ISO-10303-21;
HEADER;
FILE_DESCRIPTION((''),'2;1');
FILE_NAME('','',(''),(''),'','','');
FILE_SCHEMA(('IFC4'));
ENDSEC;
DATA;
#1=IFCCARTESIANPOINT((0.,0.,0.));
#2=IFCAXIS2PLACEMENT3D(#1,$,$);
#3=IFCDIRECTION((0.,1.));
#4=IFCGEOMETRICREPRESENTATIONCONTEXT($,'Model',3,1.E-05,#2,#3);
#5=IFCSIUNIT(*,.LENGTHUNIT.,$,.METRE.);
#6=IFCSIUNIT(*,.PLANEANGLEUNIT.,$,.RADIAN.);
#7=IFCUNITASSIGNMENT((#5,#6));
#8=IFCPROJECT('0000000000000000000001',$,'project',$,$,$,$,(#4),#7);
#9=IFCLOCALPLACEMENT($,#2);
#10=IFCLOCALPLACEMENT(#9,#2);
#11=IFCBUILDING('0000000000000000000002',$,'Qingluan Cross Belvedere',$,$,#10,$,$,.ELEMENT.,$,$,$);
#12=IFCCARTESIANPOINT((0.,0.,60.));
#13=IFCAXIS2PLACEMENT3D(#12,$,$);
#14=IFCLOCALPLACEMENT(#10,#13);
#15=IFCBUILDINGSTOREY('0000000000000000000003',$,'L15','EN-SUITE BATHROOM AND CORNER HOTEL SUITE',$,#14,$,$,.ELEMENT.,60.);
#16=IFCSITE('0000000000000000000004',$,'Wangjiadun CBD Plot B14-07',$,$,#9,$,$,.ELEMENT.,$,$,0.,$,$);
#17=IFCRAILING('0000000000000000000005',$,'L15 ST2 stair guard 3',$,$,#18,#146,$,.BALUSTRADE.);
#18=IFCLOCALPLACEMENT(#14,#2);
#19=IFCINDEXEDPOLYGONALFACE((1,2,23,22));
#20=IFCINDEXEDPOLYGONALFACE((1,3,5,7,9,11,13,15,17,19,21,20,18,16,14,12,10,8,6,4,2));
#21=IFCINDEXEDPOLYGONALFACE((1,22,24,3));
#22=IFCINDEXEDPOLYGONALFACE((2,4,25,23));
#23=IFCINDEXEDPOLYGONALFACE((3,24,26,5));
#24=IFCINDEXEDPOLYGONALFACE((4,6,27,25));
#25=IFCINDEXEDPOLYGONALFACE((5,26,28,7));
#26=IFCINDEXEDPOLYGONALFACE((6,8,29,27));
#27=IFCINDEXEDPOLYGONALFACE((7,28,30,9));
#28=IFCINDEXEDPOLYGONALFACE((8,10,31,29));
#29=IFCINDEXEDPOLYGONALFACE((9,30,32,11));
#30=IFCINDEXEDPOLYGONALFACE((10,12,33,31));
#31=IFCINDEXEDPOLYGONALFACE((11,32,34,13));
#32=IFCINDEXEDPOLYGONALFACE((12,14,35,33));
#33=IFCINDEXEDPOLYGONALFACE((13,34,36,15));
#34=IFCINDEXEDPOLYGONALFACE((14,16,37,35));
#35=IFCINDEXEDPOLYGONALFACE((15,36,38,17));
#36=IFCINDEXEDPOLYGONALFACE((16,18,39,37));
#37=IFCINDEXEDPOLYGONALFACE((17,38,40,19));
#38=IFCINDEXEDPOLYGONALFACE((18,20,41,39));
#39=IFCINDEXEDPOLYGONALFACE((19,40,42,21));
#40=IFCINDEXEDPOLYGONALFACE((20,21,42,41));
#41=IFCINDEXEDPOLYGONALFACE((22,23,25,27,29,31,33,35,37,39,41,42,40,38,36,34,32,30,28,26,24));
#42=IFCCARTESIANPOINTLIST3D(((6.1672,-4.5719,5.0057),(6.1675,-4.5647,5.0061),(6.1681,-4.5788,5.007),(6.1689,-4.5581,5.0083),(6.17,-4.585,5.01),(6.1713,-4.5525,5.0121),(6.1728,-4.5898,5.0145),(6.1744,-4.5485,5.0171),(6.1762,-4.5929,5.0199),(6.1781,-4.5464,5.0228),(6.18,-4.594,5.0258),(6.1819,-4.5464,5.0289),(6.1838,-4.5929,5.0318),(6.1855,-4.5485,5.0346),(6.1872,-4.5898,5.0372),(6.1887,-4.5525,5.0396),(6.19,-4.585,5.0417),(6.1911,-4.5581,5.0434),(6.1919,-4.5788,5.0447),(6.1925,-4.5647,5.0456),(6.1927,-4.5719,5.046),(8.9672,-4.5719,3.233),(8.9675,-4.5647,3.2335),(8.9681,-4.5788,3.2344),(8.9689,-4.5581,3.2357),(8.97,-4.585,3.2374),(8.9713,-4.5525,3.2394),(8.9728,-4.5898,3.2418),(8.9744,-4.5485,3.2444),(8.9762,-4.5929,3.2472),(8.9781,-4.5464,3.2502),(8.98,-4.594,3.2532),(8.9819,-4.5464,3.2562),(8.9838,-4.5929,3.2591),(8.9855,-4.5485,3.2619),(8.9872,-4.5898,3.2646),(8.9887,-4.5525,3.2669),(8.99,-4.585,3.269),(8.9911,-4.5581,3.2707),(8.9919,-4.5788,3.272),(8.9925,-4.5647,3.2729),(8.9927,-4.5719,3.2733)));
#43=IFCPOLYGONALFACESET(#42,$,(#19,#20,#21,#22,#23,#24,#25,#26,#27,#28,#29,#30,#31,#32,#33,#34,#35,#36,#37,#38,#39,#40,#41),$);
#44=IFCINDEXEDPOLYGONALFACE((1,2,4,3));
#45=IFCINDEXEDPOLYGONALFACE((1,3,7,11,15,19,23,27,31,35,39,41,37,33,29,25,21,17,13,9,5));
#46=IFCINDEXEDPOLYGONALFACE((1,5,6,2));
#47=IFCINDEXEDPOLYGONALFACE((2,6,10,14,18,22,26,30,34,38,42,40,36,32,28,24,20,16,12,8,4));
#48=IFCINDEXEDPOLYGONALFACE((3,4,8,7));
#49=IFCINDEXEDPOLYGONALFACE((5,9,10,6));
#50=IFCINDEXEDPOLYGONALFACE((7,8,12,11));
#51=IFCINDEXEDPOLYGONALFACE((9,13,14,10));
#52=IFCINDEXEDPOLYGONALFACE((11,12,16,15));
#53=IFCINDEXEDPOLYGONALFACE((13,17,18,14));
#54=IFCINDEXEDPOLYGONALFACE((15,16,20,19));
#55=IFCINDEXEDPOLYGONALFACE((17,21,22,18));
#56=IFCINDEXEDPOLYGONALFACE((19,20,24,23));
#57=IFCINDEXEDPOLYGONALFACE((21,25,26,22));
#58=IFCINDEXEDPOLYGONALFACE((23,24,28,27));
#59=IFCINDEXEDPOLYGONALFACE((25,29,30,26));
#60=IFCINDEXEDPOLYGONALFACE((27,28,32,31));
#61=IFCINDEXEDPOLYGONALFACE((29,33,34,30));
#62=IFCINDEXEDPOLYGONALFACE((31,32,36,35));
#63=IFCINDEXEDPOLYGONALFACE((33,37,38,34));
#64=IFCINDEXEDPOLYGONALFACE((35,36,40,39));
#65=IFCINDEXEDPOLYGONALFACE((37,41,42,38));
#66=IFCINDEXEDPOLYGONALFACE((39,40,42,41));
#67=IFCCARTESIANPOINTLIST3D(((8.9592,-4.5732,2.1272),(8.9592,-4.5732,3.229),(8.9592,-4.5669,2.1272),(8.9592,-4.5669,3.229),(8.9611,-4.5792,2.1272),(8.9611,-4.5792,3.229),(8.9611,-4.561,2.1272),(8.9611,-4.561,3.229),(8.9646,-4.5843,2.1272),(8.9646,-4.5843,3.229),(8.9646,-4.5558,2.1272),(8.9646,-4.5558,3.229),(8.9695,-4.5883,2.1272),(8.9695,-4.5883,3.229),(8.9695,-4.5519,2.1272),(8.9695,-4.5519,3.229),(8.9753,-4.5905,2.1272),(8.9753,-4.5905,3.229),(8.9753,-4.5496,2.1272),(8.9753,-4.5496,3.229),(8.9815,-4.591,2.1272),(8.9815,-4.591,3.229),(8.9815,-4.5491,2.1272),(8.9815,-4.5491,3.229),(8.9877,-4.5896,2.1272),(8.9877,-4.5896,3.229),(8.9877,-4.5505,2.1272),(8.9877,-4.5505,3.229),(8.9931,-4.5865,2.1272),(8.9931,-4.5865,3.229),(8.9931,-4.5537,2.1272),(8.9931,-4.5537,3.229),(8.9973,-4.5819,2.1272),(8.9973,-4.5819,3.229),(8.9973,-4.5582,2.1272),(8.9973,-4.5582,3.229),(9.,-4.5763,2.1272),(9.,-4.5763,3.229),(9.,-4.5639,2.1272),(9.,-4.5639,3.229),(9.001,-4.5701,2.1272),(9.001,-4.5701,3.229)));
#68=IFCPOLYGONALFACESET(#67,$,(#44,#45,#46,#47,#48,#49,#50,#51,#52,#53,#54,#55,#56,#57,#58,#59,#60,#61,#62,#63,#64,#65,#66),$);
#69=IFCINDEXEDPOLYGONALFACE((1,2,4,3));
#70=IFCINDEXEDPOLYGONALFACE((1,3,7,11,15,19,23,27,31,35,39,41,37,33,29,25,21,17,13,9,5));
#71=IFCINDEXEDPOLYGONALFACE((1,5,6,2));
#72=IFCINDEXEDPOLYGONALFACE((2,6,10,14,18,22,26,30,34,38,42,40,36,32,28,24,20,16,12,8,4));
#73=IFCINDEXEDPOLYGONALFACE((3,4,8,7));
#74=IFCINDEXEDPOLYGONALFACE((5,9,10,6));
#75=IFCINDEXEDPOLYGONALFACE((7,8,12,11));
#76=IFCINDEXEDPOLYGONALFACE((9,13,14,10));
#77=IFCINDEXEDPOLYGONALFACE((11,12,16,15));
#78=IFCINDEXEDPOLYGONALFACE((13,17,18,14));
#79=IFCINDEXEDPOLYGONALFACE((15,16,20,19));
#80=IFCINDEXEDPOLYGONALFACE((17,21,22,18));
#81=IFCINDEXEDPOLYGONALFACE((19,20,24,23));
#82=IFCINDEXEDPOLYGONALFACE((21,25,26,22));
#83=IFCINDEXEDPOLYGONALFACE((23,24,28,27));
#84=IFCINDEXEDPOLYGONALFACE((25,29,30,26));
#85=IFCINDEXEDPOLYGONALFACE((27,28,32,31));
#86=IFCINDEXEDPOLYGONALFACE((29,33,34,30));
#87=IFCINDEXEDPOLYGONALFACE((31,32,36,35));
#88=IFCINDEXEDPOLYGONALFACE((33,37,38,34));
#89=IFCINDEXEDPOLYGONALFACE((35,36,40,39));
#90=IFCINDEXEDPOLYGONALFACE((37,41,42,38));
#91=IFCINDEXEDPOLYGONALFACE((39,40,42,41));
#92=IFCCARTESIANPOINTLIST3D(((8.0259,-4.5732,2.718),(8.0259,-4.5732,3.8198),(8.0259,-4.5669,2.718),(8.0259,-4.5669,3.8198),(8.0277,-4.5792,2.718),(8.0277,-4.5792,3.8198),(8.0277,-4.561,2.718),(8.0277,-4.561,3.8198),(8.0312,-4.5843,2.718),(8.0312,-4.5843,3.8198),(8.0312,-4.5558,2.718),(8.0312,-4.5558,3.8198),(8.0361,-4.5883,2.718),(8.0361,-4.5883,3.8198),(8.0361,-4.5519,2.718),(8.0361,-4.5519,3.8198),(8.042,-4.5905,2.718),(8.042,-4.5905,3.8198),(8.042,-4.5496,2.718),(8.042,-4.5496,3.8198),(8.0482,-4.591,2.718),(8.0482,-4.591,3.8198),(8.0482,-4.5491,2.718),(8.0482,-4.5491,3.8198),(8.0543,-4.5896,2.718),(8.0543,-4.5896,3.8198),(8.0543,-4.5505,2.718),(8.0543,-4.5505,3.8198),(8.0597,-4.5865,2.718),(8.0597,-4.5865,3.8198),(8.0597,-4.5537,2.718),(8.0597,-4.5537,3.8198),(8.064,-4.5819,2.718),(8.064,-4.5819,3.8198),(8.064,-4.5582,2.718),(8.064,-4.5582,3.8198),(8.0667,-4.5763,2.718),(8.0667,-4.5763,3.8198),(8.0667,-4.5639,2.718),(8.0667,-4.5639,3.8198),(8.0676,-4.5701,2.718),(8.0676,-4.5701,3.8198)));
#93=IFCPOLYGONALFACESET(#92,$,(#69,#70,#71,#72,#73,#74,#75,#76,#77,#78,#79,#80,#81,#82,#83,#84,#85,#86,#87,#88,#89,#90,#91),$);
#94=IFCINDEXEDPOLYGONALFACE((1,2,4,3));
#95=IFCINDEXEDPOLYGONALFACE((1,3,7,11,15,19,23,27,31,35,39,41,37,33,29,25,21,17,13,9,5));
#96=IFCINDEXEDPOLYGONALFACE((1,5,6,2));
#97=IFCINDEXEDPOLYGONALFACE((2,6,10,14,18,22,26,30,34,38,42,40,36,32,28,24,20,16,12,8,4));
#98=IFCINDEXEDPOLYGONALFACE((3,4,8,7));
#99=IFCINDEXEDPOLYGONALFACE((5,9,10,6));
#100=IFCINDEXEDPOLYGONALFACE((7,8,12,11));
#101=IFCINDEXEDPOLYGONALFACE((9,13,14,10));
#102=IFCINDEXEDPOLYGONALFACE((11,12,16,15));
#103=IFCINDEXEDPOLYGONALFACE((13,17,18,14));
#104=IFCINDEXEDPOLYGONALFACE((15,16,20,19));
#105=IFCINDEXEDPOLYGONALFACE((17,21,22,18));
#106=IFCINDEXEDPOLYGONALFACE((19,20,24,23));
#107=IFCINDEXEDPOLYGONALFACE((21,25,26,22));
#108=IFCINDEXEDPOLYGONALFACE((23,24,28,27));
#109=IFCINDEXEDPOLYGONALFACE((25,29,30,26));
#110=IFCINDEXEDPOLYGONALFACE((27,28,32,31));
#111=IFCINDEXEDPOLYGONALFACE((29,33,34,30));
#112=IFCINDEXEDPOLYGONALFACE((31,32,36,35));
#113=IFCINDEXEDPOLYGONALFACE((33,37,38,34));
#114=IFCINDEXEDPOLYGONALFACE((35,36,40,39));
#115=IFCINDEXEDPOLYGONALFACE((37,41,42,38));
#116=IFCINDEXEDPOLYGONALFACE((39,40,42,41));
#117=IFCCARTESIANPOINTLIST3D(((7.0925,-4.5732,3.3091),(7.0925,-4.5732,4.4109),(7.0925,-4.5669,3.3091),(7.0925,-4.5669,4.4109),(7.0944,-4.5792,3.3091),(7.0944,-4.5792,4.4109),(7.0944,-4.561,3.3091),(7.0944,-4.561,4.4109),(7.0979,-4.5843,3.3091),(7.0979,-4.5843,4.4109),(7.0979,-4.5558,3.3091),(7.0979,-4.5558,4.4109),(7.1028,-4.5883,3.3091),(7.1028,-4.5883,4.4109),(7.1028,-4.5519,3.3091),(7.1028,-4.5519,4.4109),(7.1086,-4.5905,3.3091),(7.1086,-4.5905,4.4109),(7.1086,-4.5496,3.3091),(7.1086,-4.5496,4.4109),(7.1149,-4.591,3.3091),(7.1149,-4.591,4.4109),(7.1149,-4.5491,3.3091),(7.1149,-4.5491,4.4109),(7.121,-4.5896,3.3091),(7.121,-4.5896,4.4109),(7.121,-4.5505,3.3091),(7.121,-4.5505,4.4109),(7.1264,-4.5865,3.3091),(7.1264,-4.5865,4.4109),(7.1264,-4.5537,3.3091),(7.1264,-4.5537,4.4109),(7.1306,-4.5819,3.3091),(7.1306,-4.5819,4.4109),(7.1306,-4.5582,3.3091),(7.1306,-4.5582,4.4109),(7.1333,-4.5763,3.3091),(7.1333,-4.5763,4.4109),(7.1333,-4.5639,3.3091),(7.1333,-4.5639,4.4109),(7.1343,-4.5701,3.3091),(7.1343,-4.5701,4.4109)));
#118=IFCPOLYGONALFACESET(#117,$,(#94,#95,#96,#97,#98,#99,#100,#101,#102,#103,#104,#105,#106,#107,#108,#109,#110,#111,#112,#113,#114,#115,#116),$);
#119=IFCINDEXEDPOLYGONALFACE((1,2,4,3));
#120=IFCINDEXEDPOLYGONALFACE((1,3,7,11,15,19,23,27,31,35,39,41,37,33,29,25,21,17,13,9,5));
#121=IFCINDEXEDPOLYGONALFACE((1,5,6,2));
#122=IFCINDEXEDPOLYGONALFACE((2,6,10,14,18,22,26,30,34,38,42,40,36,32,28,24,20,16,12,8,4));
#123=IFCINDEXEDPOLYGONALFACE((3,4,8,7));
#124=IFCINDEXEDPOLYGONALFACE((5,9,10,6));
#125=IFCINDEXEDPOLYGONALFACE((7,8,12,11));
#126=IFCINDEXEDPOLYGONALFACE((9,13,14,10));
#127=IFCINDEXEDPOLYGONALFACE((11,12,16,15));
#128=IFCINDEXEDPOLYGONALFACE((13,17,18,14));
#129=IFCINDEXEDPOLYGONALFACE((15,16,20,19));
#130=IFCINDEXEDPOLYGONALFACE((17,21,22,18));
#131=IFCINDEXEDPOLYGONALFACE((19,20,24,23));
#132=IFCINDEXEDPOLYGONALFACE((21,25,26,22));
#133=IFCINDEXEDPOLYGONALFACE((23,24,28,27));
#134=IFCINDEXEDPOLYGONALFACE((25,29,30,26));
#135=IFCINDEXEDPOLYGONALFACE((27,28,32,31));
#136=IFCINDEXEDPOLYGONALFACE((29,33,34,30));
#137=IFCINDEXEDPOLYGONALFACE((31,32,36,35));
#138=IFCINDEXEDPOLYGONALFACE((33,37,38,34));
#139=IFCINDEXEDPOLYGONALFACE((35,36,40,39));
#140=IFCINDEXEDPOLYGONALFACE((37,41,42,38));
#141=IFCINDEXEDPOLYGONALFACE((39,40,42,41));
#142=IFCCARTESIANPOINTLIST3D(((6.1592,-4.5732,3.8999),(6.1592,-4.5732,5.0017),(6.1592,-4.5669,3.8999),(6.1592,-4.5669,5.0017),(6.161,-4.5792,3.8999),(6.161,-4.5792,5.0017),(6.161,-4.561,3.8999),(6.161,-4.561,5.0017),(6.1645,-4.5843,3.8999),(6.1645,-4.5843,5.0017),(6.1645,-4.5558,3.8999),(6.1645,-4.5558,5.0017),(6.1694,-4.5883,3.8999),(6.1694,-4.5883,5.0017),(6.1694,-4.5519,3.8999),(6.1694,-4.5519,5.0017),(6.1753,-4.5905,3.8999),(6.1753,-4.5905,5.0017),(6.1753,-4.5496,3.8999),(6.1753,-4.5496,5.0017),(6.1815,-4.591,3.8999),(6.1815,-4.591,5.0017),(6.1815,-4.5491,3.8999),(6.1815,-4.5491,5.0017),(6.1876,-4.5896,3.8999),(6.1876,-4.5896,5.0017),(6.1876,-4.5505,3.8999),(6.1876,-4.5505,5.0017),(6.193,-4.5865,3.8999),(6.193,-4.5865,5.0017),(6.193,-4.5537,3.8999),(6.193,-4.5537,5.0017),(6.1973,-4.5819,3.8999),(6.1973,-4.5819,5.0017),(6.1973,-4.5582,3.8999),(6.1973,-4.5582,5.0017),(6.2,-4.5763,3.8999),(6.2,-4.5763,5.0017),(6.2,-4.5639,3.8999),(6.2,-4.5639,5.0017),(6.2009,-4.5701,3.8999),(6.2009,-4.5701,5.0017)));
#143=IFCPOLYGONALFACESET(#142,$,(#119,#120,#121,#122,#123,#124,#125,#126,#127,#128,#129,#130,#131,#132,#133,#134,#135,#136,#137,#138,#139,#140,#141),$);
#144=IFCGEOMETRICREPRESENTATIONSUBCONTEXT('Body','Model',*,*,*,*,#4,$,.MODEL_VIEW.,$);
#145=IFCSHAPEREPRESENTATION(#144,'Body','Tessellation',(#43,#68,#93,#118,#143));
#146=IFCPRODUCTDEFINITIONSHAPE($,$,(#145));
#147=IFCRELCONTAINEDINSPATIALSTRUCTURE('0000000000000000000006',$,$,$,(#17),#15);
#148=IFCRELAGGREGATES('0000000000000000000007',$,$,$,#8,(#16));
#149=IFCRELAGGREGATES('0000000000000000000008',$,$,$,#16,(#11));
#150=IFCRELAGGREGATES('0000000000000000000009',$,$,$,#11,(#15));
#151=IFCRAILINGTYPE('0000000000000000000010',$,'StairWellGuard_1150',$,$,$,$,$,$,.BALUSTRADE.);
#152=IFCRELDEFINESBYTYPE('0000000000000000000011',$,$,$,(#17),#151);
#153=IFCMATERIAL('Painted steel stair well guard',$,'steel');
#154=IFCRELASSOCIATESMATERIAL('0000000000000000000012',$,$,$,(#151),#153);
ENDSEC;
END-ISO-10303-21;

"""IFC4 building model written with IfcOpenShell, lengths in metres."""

from ifc_helpers import new_model, si_unit, direction, frame, origin, origin_2d, place, context, subcontext, project, spatial, circle, extrude, material, type_object, element, save


model = new_model("IFC4")

# Units and contexts
model_context = context("Model", 3, precision=1e-05, world=origin(), true_north=direction((0.0, 1.0)))
body_context = subcontext(model_context, "Body", "Model", "MODEL_VIEW")
ifc_project = project(units=[si_unit("LENGTHUNIT", "METRE"), si_unit("PLANEANGLEUNIT", "RADIAN")], contexts=[model_context])

# Site, building, storey
site_placement = place(None, origin())
site = spatial("IfcSite", under=ifc_project, at=site_placement, Name="Wangjiadun CBD Plot B14-07", CompositionType="ELEMENT", RefElevation=0.0)
building_placement = place(site_placement, origin())
building = spatial("IfcBuilding", under=site, at=building_placement, Name="Qingluan Cross Belvedere", CompositionType="ELEMENT")
storey_placement = place(building_placement, frame((0.0, 0.0, 60.0)))
storey = spatial("IfcBuildingStorey", under=building, at=storey_placement, Name="L15", Description="EN-SUITE BATHROOM AND CORNER HOTEL SUITE", CompositionType="ELEMENT", Elevation=60.0)

# Railing
ifc_material_1 = material(Name="Painted steel stair well guard", Category="steel")
railing_type_1 = type_object("IfcRailingType", Name="StairWellGuard_1150", PredefinedType="BALUSTRADE", material=ifc_material_1)
railing_1_placement = place(storey_placement, frame((8.98, -4.5701, 2.1272)))
element("IfcRailing", 1, at=railing_1_placement, inside=storey, type_object=railing_type_1, Name="L15 ST2 stair guard 3", PredefinedType="BALUSTRADE", context=body_context, shape_type="SweptSolid", body=[
    extrude(circle(Radius=0.0239, at=origin_2d()), frame((0.0, 0.0, 1.126), z_axis=(-0.844909, 0.0, 0.53491), x_axis=(0.0, -1.0, 0.0)), (0.0, 0.0, 1.0), 3.314),
    extrude(circle(Radius=0.021, at=origin_2d()), origin(), (0.0, 0.0, 1.0), 1.1018),
    extrude(circle(Radius=0.021, at=origin_2d()), frame((-0.9333, 0.0, 0.5908)), (0.0, 0.0, 1.0), 1.1018),
    extrude(circle(Radius=0.021, at=origin_2d()), frame((-1.8667, 0.0, 1.1819)), (0.0, 0.0, 1.0), 1.1018),
    extrude(circle(Radius=0.021, at=origin_2d()), frame((-2.8, 0.0, 1.7727)), (0.0, 0.0, 1.0), 1.1018),
])

save(model, "model.ifc")
